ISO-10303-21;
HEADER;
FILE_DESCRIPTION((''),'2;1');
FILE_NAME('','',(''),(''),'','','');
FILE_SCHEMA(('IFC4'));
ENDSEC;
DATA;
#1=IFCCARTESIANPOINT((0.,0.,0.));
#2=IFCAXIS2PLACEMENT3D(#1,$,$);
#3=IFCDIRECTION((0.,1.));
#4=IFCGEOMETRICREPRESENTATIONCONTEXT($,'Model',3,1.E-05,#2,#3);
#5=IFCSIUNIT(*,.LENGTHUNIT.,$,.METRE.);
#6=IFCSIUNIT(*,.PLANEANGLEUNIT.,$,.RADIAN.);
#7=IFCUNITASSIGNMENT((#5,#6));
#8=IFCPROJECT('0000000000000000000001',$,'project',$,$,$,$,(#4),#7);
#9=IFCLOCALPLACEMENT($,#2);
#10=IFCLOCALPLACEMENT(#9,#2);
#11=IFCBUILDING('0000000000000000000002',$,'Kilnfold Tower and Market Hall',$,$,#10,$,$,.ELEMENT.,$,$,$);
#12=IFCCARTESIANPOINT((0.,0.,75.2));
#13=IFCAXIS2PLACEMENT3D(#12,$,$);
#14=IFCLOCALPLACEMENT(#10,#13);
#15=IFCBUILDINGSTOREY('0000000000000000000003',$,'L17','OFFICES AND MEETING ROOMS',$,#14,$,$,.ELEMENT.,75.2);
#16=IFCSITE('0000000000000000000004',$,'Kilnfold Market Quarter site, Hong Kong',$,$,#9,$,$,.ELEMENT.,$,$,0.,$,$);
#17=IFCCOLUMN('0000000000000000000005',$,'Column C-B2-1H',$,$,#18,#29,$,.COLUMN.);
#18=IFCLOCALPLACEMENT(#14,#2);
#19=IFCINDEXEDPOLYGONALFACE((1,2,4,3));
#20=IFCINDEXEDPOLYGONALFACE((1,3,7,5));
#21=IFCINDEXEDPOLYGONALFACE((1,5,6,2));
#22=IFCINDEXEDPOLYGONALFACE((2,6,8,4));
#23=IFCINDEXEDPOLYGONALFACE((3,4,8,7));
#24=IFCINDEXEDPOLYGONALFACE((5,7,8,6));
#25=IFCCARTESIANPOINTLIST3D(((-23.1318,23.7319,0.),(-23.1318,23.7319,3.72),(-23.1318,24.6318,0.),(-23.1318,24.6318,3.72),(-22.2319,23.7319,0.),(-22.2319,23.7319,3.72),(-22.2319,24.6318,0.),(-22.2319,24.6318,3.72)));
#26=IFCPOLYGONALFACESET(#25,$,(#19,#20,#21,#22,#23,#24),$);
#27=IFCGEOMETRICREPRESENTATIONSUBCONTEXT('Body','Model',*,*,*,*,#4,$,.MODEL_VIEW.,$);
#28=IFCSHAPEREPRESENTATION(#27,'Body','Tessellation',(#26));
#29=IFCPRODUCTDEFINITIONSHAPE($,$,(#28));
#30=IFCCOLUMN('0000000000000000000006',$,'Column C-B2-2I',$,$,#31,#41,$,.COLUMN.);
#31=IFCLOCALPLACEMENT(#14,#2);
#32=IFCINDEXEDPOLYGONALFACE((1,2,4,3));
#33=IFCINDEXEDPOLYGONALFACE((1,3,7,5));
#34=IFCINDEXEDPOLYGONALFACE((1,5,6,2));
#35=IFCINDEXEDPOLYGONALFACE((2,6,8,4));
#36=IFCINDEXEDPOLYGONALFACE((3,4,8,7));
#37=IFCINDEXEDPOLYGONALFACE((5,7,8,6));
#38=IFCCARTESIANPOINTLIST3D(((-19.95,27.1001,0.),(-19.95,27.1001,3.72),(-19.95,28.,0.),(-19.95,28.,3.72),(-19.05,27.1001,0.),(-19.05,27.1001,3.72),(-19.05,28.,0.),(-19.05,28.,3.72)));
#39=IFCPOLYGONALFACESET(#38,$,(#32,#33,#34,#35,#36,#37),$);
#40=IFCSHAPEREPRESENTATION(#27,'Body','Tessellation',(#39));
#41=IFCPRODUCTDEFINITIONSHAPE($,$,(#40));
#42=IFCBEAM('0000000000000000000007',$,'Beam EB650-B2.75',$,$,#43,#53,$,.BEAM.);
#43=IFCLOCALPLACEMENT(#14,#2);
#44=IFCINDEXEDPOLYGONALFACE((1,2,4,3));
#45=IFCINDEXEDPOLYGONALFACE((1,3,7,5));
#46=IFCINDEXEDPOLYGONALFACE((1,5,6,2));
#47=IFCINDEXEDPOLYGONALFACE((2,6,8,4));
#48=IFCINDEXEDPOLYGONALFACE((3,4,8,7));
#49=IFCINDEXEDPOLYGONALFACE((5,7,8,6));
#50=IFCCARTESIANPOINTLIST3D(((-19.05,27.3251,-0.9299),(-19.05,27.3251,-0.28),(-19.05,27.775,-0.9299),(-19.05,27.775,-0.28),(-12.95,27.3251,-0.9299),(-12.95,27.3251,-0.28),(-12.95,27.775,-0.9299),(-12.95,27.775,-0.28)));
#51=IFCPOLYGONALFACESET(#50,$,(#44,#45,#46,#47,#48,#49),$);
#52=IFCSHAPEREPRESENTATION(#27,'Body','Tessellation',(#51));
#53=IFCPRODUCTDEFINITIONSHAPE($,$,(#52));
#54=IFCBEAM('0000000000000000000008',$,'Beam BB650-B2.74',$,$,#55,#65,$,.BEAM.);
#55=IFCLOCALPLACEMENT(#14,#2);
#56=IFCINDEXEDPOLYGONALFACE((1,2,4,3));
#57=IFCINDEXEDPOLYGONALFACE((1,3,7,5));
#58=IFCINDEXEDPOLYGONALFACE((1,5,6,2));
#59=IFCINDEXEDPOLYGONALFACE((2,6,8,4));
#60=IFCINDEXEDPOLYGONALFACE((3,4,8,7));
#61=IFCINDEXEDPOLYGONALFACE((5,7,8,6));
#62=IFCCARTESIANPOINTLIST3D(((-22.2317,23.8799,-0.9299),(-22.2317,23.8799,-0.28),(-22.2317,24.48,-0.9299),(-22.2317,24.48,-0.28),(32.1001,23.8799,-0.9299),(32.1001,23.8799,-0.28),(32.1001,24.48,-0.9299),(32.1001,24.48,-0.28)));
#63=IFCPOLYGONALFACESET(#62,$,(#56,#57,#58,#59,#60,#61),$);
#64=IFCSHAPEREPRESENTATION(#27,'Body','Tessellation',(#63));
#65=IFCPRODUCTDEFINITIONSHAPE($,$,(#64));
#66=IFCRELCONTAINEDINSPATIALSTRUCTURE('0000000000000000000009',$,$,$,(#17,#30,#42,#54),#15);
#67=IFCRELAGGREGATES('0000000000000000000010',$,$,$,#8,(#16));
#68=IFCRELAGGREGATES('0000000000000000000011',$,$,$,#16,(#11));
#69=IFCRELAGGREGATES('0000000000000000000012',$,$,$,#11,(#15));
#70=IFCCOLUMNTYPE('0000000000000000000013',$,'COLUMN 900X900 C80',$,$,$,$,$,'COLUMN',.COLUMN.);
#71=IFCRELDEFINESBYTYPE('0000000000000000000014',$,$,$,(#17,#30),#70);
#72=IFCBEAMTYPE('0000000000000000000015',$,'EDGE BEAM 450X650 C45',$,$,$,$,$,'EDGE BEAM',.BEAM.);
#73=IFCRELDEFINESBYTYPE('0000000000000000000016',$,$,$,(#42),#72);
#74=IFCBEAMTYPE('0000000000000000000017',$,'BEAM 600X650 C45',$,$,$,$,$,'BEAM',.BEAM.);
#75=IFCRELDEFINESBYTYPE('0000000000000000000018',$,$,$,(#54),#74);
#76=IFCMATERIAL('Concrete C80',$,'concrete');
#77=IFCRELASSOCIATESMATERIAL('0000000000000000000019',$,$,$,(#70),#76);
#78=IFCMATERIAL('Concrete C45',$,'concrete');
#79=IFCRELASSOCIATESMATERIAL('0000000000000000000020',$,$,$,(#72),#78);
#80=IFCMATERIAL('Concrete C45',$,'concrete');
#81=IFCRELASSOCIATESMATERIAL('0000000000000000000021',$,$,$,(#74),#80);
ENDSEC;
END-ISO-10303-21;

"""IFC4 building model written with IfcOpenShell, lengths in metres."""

from ifc_helpers import new_model, si_unit, direction, frame, origin, origin_2d, place, context, subcontext, project, spatial, rectangle, extrude, source, transform, mapped, material, material_profile, profile_set, type_object, element, save


model = new_model("IFC4")

# Units and contexts
model_context = context("Model", 3, precision=1e-05, world=origin(), true_north=direction((0.0, 1.0)))
body_context = subcontext(model_context, "Body", "Model", "MODEL_VIEW")
ifc_project = project(units=[si_unit("LENGTHUNIT", "METRE"), si_unit("PLANEANGLEUNIT", "RADIAN")], contexts=[model_context])

# Site, building, storey
site_placement = place(None, origin())
site = spatial("IfcSite", under=ifc_project, at=site_placement, Name="Kilnfold Market Quarter site, Hong Kong", CompositionType="ELEMENT", RefElevation=0.0)
building_placement = place(site_placement, origin())
building = spatial("IfcBuilding", under=site, at=building_placement, Name="Kilnfold Tower and Market Hall", CompositionType="ELEMENT")
storey_placement = place(building_placement, frame((0.0, 0.0, 75.2)))
storey = spatial("IfcBuildingStorey", under=building, at=storey_placement, Name="L17", Description="OFFICES AND MEETING ROOMS", CompositionType="ELEMENT", Elevation=75.2)

# Columns
ifc_material_1 = material(Name="Concrete C80", Category="concrete")
ifc_material_profile_1 = material_profile(ifc_material_1, rectangle(XDim=0.8999, YDim=0.8999, at=origin_2d()), Name="RC 900x900")
ifc_profile_set_1 = profile_set([ifc_material_profile_1], Name="Concrete C80")
column_type = type_object("IfcColumnType", Name="COLUMN 900X900 C80", ElementType="COLUMN", PredefinedType="COLUMN", material=ifc_profile_set_1)
shared_shape_1 = source(origin(), body_context, "Body", "SweptSolid", [
    extrude(rectangle(XDim=0.8999, YDim=0.8999, at=origin_2d()), origin(), (0.0, 0.0, 1.0), 3.72),
])
for number, where, z_axis, x_axis, name in (
    (1, (-22.6819, 24.1819, 0.0), (0.0, 0.0, 1.0), (1.0, 0.0, 0.0), "Column C-B2-1H"),
    (2, (-19.5, 27.55, 0.0), (0.0, 0.0, 1.0), (1.0, 0.0, 0.0), "Column C-B2-2I"),
):
    element("IfcColumn", number, at=place(storey_placement, frame(where, z_axis=z_axis, x_axis=x_axis)), inside=storey, type_object=column_type, Name=name, PredefinedType="COLUMN", context=body_context, shape_type="MappedRepresentation", body=[
        mapped(shared_shape_1, transform((0.0, 0.0, 0.0))),
    ])

# Beams
ifc_material_2 = material(Name="Concrete C45", Category="concrete")
ifc_material_profile_2 = material_profile(ifc_material_2, rectangle(XDim=0.45, YDim=0.6499, at=origin_2d()), Name="RC 450x650")
ifc_profile_set_2 = profile_set([ifc_material_profile_2], Name="Concrete C45")
beam_type_1 = type_object("IfcBeamType", Name="EDGE BEAM 450X650 C45", ElementType="EDGE BEAM", PredefinedType="BEAM", material=ifc_profile_set_2)
shared_shape_2 = source(origin(), body_context, "Body", "SweptSolid", [
    extrude(rectangle(XDim=0.45, YDim=0.6499, at=origin_2d()), origin(), (0.0, 0.0, 1.0), 6.1001),
])
beam_1_placement = place(storey_placement, frame((-19.05, 27.55, -0.605), z_axis=(1.0, 0.0, 0.0), x_axis=(0.0, 1.0, 0.0)))
element("IfcBeam", 3, at=beam_1_placement, inside=storey, type_object=beam_type_1, Name="Beam EB650-B2.75", PredefinedType="BEAM", context=body_context, shape_type="MappedRepresentation", body=[
    mapped(shared_shape_2, transform((0.0, 0.0, 0.0))),
])
ifc_material_3 = material(Name="Concrete C45", Category="concrete")
ifc_material_profile_3 = material_profile(ifc_material_3, rectangle(XDim=0.6001, YDim=0.6499, at=origin_2d()), Name="RC 600x650")
ifc_profile_set_3 = profile_set([ifc_material_profile_3], Name="Concrete C45")
beam_type_2 = type_object("IfcBeamType", Name="BEAM 600X650 C45", ElementType="BEAM", PredefinedType="BEAM", material=ifc_profile_set_3)
shared_shape_3 = source(origin(), body_context, "Body", "SweptSolid", [
    extrude(rectangle(XDim=0.6001, YDim=0.6499, at=origin_2d()), origin(), (0.0, 0.0, 1.0), 54.3318),
])
beam_2_placement = place(storey_placement, frame((-22.2317, 24.1799, -0.605), z_axis=(1.0, 0.0, 0.0), x_axis=(0.0, 1.0, 0.0)))
element("IfcBeam", 4, at=beam_2_placement, inside=storey, type_object=beam_type_2, Name="Beam BB650-B2.74", PredefinedType="BEAM", context=body_context, shape_type="MappedRepresentation", body=[
    mapped(shared_shape_3, transform((0.0, 0.0, 0.0))),
])

save(model, "model.ifc")
